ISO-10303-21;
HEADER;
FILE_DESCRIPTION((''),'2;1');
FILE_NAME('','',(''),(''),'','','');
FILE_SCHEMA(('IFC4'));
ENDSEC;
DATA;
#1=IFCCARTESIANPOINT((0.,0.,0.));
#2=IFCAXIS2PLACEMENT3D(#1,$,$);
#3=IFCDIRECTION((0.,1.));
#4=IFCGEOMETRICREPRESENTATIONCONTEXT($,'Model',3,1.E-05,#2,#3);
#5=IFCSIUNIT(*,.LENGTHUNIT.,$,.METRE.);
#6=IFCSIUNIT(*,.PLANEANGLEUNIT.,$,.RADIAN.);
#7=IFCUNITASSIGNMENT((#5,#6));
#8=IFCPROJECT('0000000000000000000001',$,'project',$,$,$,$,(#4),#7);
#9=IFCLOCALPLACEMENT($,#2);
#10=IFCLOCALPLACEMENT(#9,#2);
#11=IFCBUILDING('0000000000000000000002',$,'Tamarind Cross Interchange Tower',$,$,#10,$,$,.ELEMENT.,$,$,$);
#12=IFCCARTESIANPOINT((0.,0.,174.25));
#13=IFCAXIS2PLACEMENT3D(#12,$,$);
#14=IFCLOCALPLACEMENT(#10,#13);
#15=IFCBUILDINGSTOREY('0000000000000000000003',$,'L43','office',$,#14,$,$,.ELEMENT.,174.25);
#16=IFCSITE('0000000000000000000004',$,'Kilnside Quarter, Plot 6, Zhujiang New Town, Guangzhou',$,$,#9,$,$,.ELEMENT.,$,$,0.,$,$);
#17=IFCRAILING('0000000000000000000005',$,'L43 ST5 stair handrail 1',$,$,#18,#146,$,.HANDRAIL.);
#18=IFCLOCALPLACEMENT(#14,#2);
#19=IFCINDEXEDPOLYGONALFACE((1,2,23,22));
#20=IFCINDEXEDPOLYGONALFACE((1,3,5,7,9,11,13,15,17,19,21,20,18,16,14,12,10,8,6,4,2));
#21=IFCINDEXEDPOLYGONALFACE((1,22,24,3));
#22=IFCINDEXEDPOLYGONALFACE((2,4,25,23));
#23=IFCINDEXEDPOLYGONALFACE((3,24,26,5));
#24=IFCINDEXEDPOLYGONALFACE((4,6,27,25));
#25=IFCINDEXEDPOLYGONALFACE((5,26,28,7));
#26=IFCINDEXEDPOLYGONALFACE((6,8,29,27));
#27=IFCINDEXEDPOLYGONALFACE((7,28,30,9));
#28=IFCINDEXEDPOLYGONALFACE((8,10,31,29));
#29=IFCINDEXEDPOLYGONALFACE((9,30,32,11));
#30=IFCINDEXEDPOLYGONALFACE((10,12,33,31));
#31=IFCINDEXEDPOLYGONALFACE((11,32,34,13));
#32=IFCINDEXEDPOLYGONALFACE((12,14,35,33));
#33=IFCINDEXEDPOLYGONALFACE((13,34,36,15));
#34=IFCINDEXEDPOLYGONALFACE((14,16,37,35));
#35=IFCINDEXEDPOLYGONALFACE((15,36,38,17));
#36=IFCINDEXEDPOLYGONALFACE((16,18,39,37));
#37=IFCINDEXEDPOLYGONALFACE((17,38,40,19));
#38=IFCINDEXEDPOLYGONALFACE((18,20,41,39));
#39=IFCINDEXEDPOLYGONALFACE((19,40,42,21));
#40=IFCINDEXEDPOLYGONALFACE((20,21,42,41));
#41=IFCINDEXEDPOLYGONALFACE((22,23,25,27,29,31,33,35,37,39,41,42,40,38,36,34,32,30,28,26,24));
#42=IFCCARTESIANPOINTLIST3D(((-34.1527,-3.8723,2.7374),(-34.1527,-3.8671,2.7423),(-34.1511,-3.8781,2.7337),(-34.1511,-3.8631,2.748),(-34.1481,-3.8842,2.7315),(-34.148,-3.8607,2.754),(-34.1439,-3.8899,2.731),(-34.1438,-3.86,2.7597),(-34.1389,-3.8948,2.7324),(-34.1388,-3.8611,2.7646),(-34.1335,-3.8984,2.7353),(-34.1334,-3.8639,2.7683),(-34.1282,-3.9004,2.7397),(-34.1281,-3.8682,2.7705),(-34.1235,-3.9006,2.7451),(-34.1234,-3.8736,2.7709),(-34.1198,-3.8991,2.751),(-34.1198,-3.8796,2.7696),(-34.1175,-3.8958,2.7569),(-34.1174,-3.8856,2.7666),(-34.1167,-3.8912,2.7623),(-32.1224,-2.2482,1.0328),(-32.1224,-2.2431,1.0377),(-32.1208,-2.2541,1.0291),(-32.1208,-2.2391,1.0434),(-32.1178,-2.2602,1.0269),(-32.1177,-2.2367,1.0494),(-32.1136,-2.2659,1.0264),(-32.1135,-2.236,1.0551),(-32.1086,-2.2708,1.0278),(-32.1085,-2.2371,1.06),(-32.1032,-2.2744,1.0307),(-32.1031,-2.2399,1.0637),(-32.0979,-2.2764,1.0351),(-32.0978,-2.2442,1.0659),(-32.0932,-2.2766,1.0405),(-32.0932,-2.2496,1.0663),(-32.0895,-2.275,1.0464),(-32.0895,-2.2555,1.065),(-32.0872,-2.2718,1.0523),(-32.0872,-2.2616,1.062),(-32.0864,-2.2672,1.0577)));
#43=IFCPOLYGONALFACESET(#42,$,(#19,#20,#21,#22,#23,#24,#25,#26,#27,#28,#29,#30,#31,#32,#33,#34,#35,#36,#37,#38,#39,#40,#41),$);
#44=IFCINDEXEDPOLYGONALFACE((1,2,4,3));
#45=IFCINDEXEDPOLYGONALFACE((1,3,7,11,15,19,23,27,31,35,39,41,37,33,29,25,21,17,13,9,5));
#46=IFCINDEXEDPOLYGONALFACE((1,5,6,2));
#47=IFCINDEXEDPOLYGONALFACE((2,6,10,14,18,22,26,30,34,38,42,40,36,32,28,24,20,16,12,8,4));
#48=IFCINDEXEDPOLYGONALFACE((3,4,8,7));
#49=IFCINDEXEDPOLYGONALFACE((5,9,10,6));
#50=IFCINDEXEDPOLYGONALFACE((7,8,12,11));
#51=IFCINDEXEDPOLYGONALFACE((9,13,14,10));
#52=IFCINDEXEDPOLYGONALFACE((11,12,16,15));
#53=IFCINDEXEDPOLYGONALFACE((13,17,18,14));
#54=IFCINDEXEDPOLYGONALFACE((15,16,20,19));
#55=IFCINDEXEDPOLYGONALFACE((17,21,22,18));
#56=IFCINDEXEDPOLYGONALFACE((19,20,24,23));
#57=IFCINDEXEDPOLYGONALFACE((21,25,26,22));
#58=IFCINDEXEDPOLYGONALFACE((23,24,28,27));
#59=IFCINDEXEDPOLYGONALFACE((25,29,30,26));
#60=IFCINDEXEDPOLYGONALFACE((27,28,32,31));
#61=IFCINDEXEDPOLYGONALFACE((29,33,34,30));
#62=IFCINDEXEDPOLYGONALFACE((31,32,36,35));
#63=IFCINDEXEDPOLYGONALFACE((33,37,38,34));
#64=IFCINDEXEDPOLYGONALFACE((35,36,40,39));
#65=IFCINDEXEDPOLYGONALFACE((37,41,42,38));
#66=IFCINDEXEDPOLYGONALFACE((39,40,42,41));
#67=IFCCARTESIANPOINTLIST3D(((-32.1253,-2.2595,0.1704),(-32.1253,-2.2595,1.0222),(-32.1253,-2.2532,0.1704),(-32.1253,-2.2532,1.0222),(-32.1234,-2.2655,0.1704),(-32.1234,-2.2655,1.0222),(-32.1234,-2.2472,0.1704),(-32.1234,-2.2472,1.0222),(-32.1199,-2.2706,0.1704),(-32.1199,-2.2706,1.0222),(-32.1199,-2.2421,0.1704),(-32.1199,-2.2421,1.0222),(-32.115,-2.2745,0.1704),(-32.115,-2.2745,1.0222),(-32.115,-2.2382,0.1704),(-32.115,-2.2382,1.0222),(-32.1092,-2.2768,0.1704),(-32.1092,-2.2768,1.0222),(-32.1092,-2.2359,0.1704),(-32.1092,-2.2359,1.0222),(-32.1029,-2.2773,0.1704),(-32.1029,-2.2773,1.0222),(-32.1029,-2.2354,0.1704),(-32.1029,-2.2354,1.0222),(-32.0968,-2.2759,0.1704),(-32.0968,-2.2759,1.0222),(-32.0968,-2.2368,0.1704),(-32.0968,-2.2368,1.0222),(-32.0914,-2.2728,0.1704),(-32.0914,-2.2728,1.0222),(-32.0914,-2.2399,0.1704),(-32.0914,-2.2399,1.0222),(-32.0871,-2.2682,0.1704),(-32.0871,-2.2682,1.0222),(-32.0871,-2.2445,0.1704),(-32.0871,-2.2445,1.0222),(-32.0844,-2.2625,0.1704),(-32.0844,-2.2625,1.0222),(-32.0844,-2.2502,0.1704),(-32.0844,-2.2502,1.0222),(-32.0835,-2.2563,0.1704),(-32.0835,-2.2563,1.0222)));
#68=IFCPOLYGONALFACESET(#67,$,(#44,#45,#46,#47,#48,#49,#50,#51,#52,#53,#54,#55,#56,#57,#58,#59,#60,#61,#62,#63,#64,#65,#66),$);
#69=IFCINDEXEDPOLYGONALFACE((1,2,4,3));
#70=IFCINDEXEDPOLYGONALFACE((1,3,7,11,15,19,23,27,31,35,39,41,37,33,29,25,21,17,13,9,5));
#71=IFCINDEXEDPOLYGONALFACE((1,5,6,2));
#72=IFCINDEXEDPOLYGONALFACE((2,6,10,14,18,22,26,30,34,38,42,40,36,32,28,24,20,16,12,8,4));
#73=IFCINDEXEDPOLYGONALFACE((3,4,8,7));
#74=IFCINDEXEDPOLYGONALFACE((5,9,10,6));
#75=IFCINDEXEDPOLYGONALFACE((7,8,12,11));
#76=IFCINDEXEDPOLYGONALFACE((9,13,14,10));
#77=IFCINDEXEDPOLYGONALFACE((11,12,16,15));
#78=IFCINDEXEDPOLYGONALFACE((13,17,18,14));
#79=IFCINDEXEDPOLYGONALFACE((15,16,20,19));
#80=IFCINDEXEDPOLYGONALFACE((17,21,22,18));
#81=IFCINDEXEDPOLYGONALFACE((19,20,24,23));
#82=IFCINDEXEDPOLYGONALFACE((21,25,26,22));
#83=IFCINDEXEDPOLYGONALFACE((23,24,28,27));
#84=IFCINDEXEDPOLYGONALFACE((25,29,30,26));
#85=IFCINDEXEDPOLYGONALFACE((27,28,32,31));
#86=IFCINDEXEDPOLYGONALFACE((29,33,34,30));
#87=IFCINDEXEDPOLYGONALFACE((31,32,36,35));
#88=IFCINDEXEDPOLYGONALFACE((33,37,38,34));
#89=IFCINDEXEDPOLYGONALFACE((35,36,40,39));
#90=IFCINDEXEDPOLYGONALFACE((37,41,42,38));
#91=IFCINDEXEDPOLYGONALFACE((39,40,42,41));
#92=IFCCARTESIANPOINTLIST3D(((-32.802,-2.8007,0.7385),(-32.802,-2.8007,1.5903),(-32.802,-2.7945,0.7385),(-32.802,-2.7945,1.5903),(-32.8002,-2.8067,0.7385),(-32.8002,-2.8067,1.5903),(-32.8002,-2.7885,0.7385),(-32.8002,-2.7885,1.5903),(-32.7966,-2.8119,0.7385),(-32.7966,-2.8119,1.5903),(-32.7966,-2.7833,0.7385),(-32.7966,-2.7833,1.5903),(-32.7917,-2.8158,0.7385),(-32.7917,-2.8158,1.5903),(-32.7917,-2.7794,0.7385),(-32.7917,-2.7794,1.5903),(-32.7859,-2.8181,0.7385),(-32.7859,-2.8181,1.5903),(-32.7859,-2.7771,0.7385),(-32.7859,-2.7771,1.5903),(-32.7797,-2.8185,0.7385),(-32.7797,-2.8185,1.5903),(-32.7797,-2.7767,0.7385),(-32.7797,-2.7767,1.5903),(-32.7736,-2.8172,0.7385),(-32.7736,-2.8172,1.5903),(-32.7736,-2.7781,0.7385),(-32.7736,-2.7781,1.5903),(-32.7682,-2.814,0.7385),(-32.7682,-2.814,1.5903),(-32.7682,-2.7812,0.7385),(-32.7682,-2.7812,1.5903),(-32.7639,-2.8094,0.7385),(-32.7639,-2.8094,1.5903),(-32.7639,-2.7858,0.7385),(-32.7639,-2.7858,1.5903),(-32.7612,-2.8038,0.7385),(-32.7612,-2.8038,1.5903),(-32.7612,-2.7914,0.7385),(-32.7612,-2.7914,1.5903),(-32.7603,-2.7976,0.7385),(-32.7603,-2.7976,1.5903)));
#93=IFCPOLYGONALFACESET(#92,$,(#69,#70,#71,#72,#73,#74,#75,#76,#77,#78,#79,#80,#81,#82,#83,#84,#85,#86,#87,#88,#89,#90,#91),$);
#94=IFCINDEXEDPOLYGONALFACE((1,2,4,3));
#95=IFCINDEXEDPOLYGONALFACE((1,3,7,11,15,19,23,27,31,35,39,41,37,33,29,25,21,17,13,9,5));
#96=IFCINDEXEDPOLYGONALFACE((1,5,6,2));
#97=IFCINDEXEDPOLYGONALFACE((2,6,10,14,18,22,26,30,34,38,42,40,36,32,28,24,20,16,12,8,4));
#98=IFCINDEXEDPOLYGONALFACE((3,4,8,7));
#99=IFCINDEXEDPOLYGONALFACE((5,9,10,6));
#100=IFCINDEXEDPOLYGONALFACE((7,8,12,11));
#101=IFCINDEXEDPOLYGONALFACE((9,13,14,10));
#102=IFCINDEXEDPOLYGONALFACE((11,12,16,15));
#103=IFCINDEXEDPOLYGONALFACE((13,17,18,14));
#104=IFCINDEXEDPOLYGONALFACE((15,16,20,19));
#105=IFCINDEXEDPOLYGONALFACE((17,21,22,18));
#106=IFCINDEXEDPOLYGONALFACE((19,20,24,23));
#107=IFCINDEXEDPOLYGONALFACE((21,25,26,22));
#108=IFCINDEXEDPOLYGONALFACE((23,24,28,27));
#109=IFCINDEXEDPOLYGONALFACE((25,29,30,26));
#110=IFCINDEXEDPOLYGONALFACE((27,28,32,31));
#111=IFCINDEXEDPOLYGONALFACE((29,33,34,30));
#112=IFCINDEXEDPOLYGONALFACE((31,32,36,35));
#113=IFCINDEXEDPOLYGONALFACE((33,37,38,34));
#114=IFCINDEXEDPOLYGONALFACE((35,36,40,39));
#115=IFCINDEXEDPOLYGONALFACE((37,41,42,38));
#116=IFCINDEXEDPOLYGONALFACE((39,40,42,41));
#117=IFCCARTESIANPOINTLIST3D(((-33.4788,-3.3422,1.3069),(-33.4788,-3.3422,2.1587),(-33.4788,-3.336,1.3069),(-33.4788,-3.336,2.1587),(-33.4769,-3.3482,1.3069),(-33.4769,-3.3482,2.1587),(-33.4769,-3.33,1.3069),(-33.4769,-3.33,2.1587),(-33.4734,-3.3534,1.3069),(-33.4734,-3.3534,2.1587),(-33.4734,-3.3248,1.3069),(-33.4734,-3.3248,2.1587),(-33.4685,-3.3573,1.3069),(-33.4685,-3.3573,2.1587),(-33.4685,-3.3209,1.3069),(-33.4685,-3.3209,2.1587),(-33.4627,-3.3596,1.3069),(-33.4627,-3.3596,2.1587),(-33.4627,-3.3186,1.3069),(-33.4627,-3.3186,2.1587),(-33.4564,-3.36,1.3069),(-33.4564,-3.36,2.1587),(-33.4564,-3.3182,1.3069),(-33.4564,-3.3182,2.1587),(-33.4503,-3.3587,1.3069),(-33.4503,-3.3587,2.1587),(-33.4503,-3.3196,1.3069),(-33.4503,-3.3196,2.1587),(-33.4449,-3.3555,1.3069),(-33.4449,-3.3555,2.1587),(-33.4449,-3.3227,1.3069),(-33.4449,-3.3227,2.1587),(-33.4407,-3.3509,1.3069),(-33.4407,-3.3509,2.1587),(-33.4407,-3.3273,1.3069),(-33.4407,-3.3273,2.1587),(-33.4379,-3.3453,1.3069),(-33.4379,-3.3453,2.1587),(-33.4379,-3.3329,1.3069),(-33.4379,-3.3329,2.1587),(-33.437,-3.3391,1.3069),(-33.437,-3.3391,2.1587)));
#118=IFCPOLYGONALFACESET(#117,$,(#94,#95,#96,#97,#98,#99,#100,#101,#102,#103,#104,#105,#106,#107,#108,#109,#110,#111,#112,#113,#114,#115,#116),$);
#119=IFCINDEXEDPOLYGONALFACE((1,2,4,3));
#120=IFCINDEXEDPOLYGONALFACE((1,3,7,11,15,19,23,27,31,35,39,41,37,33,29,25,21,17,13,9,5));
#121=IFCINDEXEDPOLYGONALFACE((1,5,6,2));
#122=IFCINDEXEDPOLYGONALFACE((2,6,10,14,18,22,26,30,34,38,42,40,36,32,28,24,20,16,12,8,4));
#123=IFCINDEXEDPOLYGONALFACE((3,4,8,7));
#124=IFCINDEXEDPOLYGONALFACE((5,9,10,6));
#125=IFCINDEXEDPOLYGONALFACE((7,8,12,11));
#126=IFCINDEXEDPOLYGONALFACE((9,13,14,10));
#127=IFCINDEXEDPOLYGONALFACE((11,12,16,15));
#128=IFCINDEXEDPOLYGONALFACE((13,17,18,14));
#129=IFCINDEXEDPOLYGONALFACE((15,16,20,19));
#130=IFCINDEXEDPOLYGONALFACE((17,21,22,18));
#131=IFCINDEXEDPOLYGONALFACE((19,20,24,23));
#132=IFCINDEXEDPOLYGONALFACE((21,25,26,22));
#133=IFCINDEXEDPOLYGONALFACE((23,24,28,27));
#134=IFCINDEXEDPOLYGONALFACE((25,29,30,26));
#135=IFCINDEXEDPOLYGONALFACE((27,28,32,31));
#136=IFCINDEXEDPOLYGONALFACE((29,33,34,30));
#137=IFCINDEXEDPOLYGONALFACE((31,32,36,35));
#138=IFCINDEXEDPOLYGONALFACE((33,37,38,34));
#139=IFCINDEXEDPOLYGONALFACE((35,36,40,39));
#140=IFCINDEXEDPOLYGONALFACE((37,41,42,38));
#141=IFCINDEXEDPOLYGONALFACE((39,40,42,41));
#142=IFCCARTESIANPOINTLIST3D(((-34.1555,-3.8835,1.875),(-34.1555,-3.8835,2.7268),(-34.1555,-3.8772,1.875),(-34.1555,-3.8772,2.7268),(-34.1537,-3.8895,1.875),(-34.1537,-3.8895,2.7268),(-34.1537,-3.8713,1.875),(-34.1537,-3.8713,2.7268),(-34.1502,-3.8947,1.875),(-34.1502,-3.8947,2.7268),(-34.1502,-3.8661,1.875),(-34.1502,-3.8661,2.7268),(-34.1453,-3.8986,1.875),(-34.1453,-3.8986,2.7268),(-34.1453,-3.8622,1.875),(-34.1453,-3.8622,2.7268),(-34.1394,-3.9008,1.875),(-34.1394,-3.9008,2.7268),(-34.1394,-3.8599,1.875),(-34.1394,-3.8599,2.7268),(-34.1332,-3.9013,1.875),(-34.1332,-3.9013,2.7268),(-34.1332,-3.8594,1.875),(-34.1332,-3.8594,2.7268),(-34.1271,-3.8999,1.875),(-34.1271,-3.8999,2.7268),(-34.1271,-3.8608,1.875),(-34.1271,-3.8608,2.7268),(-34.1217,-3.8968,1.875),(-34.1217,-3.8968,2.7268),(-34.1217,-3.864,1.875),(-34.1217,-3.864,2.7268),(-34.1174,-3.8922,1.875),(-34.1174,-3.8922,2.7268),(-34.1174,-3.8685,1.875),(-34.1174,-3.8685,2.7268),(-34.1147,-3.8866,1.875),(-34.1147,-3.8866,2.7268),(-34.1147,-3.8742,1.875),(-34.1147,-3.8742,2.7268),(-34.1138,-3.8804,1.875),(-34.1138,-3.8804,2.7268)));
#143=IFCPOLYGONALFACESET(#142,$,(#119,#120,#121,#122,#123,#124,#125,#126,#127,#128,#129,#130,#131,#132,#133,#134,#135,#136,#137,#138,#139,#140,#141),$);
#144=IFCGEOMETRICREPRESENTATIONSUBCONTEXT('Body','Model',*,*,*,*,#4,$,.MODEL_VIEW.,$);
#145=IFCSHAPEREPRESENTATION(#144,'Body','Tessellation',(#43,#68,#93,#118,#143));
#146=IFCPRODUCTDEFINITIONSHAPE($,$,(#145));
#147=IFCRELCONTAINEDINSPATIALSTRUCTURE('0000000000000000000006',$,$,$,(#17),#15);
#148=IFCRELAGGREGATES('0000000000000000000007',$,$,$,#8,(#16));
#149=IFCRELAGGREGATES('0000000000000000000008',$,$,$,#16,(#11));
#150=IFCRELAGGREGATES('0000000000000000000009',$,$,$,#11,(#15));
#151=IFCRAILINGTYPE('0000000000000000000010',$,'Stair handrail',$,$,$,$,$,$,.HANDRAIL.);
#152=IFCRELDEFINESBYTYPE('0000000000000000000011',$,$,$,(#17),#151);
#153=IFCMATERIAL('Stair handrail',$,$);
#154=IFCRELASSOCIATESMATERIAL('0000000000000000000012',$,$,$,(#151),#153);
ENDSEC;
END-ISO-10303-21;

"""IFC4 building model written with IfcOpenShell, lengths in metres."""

from ifc_helpers import new_model, si_unit, direction, frame, origin, origin_2d, place, context, subcontext, project, spatial, circle, extrude, material, type_object, element, save


model = new_model("IFC4")

# Units and contexts
model_context = context("Model", 3, precision=1e-05, world=origin(), true_north=direction((0.0, 1.0)))
body_context = subcontext(model_context, "Body", "Model", "MODEL_VIEW")
ifc_project = project(units=[si_unit("LENGTHUNIT", "METRE"), si_unit("PLANEANGLEUNIT", "RADIAN")], contexts=[model_context])

# Site, building, storey
site_placement = place(None, origin())
site = spatial("IfcSite", under=ifc_project, at=site_placement, Name="Kilnside Quarter, Plot 6, Zhujiang New Town, Guangzhou", CompositionType="ELEMENT", RefElevation=0.0)
building_placement = place(site_placement, origin())
building = spatial("IfcBuilding", under=site, at=building_placement, Name="Tamarind Cross Interchange Tower", CompositionType="ELEMENT")
storey_placement = place(building_placement, frame((0.0, 0.0, 174.25)))
storey = spatial("IfcBuildingStorey", under=building, at=storey_placement, Name="L43", Description="office", CompositionType="ELEMENT", Elevation=174.25)

# Railing
ifc_material_1 = material(Name="Stair handrail")
railing_type_1 = type_object("IfcRailingType", Name="Stair handrail", PredefinedType="HANDRAIL", material=ifc_material_1)
railing_1_placement = place(storey_placement, frame((-32.1045, -2.2563, 0.1704)))
element("IfcRailing", 1, at=railing_1_placement, inside=storey, type_object=railing_type_1, Name="L43 ST5 stair handrail 1", PredefinedType="HANDRAIL", context=body_context, shape_type="SweptSolid", body=[
    extrude(circle(Radius=0.0239, at=origin_2d()), frame((0.0, 0.0, 0.876), z_axis=(-0.653058, -0.522383, 0.548298), x_axis=(0.624649, -0.780905, 0.0)), (0.0, 0.0, 1.0), 3.1089),
    extrude(circle(Radius=0.021, at=origin_2d()), origin(), (0.0, 0.0, 1.0), 0.8518),
    extrude(circle(Radius=0.021, at=origin_2d()), frame((-0.6768, -0.5413, 0.5681)), (0.0, 0.0, 1.0), 0.8518),
    extrude(circle(Radius=0.021, at=origin_2d()), frame((-1.3535, -1.0828, 1.1365)), (0.0, 0.0, 1.0), 0.8518),
    extrude(circle(Radius=0.021, at=origin_2d()), frame((-2.0303, -1.624, 1.7046)), (0.0, 0.0, 1.0), 0.8518),
])

save(model, "model.ifc")
